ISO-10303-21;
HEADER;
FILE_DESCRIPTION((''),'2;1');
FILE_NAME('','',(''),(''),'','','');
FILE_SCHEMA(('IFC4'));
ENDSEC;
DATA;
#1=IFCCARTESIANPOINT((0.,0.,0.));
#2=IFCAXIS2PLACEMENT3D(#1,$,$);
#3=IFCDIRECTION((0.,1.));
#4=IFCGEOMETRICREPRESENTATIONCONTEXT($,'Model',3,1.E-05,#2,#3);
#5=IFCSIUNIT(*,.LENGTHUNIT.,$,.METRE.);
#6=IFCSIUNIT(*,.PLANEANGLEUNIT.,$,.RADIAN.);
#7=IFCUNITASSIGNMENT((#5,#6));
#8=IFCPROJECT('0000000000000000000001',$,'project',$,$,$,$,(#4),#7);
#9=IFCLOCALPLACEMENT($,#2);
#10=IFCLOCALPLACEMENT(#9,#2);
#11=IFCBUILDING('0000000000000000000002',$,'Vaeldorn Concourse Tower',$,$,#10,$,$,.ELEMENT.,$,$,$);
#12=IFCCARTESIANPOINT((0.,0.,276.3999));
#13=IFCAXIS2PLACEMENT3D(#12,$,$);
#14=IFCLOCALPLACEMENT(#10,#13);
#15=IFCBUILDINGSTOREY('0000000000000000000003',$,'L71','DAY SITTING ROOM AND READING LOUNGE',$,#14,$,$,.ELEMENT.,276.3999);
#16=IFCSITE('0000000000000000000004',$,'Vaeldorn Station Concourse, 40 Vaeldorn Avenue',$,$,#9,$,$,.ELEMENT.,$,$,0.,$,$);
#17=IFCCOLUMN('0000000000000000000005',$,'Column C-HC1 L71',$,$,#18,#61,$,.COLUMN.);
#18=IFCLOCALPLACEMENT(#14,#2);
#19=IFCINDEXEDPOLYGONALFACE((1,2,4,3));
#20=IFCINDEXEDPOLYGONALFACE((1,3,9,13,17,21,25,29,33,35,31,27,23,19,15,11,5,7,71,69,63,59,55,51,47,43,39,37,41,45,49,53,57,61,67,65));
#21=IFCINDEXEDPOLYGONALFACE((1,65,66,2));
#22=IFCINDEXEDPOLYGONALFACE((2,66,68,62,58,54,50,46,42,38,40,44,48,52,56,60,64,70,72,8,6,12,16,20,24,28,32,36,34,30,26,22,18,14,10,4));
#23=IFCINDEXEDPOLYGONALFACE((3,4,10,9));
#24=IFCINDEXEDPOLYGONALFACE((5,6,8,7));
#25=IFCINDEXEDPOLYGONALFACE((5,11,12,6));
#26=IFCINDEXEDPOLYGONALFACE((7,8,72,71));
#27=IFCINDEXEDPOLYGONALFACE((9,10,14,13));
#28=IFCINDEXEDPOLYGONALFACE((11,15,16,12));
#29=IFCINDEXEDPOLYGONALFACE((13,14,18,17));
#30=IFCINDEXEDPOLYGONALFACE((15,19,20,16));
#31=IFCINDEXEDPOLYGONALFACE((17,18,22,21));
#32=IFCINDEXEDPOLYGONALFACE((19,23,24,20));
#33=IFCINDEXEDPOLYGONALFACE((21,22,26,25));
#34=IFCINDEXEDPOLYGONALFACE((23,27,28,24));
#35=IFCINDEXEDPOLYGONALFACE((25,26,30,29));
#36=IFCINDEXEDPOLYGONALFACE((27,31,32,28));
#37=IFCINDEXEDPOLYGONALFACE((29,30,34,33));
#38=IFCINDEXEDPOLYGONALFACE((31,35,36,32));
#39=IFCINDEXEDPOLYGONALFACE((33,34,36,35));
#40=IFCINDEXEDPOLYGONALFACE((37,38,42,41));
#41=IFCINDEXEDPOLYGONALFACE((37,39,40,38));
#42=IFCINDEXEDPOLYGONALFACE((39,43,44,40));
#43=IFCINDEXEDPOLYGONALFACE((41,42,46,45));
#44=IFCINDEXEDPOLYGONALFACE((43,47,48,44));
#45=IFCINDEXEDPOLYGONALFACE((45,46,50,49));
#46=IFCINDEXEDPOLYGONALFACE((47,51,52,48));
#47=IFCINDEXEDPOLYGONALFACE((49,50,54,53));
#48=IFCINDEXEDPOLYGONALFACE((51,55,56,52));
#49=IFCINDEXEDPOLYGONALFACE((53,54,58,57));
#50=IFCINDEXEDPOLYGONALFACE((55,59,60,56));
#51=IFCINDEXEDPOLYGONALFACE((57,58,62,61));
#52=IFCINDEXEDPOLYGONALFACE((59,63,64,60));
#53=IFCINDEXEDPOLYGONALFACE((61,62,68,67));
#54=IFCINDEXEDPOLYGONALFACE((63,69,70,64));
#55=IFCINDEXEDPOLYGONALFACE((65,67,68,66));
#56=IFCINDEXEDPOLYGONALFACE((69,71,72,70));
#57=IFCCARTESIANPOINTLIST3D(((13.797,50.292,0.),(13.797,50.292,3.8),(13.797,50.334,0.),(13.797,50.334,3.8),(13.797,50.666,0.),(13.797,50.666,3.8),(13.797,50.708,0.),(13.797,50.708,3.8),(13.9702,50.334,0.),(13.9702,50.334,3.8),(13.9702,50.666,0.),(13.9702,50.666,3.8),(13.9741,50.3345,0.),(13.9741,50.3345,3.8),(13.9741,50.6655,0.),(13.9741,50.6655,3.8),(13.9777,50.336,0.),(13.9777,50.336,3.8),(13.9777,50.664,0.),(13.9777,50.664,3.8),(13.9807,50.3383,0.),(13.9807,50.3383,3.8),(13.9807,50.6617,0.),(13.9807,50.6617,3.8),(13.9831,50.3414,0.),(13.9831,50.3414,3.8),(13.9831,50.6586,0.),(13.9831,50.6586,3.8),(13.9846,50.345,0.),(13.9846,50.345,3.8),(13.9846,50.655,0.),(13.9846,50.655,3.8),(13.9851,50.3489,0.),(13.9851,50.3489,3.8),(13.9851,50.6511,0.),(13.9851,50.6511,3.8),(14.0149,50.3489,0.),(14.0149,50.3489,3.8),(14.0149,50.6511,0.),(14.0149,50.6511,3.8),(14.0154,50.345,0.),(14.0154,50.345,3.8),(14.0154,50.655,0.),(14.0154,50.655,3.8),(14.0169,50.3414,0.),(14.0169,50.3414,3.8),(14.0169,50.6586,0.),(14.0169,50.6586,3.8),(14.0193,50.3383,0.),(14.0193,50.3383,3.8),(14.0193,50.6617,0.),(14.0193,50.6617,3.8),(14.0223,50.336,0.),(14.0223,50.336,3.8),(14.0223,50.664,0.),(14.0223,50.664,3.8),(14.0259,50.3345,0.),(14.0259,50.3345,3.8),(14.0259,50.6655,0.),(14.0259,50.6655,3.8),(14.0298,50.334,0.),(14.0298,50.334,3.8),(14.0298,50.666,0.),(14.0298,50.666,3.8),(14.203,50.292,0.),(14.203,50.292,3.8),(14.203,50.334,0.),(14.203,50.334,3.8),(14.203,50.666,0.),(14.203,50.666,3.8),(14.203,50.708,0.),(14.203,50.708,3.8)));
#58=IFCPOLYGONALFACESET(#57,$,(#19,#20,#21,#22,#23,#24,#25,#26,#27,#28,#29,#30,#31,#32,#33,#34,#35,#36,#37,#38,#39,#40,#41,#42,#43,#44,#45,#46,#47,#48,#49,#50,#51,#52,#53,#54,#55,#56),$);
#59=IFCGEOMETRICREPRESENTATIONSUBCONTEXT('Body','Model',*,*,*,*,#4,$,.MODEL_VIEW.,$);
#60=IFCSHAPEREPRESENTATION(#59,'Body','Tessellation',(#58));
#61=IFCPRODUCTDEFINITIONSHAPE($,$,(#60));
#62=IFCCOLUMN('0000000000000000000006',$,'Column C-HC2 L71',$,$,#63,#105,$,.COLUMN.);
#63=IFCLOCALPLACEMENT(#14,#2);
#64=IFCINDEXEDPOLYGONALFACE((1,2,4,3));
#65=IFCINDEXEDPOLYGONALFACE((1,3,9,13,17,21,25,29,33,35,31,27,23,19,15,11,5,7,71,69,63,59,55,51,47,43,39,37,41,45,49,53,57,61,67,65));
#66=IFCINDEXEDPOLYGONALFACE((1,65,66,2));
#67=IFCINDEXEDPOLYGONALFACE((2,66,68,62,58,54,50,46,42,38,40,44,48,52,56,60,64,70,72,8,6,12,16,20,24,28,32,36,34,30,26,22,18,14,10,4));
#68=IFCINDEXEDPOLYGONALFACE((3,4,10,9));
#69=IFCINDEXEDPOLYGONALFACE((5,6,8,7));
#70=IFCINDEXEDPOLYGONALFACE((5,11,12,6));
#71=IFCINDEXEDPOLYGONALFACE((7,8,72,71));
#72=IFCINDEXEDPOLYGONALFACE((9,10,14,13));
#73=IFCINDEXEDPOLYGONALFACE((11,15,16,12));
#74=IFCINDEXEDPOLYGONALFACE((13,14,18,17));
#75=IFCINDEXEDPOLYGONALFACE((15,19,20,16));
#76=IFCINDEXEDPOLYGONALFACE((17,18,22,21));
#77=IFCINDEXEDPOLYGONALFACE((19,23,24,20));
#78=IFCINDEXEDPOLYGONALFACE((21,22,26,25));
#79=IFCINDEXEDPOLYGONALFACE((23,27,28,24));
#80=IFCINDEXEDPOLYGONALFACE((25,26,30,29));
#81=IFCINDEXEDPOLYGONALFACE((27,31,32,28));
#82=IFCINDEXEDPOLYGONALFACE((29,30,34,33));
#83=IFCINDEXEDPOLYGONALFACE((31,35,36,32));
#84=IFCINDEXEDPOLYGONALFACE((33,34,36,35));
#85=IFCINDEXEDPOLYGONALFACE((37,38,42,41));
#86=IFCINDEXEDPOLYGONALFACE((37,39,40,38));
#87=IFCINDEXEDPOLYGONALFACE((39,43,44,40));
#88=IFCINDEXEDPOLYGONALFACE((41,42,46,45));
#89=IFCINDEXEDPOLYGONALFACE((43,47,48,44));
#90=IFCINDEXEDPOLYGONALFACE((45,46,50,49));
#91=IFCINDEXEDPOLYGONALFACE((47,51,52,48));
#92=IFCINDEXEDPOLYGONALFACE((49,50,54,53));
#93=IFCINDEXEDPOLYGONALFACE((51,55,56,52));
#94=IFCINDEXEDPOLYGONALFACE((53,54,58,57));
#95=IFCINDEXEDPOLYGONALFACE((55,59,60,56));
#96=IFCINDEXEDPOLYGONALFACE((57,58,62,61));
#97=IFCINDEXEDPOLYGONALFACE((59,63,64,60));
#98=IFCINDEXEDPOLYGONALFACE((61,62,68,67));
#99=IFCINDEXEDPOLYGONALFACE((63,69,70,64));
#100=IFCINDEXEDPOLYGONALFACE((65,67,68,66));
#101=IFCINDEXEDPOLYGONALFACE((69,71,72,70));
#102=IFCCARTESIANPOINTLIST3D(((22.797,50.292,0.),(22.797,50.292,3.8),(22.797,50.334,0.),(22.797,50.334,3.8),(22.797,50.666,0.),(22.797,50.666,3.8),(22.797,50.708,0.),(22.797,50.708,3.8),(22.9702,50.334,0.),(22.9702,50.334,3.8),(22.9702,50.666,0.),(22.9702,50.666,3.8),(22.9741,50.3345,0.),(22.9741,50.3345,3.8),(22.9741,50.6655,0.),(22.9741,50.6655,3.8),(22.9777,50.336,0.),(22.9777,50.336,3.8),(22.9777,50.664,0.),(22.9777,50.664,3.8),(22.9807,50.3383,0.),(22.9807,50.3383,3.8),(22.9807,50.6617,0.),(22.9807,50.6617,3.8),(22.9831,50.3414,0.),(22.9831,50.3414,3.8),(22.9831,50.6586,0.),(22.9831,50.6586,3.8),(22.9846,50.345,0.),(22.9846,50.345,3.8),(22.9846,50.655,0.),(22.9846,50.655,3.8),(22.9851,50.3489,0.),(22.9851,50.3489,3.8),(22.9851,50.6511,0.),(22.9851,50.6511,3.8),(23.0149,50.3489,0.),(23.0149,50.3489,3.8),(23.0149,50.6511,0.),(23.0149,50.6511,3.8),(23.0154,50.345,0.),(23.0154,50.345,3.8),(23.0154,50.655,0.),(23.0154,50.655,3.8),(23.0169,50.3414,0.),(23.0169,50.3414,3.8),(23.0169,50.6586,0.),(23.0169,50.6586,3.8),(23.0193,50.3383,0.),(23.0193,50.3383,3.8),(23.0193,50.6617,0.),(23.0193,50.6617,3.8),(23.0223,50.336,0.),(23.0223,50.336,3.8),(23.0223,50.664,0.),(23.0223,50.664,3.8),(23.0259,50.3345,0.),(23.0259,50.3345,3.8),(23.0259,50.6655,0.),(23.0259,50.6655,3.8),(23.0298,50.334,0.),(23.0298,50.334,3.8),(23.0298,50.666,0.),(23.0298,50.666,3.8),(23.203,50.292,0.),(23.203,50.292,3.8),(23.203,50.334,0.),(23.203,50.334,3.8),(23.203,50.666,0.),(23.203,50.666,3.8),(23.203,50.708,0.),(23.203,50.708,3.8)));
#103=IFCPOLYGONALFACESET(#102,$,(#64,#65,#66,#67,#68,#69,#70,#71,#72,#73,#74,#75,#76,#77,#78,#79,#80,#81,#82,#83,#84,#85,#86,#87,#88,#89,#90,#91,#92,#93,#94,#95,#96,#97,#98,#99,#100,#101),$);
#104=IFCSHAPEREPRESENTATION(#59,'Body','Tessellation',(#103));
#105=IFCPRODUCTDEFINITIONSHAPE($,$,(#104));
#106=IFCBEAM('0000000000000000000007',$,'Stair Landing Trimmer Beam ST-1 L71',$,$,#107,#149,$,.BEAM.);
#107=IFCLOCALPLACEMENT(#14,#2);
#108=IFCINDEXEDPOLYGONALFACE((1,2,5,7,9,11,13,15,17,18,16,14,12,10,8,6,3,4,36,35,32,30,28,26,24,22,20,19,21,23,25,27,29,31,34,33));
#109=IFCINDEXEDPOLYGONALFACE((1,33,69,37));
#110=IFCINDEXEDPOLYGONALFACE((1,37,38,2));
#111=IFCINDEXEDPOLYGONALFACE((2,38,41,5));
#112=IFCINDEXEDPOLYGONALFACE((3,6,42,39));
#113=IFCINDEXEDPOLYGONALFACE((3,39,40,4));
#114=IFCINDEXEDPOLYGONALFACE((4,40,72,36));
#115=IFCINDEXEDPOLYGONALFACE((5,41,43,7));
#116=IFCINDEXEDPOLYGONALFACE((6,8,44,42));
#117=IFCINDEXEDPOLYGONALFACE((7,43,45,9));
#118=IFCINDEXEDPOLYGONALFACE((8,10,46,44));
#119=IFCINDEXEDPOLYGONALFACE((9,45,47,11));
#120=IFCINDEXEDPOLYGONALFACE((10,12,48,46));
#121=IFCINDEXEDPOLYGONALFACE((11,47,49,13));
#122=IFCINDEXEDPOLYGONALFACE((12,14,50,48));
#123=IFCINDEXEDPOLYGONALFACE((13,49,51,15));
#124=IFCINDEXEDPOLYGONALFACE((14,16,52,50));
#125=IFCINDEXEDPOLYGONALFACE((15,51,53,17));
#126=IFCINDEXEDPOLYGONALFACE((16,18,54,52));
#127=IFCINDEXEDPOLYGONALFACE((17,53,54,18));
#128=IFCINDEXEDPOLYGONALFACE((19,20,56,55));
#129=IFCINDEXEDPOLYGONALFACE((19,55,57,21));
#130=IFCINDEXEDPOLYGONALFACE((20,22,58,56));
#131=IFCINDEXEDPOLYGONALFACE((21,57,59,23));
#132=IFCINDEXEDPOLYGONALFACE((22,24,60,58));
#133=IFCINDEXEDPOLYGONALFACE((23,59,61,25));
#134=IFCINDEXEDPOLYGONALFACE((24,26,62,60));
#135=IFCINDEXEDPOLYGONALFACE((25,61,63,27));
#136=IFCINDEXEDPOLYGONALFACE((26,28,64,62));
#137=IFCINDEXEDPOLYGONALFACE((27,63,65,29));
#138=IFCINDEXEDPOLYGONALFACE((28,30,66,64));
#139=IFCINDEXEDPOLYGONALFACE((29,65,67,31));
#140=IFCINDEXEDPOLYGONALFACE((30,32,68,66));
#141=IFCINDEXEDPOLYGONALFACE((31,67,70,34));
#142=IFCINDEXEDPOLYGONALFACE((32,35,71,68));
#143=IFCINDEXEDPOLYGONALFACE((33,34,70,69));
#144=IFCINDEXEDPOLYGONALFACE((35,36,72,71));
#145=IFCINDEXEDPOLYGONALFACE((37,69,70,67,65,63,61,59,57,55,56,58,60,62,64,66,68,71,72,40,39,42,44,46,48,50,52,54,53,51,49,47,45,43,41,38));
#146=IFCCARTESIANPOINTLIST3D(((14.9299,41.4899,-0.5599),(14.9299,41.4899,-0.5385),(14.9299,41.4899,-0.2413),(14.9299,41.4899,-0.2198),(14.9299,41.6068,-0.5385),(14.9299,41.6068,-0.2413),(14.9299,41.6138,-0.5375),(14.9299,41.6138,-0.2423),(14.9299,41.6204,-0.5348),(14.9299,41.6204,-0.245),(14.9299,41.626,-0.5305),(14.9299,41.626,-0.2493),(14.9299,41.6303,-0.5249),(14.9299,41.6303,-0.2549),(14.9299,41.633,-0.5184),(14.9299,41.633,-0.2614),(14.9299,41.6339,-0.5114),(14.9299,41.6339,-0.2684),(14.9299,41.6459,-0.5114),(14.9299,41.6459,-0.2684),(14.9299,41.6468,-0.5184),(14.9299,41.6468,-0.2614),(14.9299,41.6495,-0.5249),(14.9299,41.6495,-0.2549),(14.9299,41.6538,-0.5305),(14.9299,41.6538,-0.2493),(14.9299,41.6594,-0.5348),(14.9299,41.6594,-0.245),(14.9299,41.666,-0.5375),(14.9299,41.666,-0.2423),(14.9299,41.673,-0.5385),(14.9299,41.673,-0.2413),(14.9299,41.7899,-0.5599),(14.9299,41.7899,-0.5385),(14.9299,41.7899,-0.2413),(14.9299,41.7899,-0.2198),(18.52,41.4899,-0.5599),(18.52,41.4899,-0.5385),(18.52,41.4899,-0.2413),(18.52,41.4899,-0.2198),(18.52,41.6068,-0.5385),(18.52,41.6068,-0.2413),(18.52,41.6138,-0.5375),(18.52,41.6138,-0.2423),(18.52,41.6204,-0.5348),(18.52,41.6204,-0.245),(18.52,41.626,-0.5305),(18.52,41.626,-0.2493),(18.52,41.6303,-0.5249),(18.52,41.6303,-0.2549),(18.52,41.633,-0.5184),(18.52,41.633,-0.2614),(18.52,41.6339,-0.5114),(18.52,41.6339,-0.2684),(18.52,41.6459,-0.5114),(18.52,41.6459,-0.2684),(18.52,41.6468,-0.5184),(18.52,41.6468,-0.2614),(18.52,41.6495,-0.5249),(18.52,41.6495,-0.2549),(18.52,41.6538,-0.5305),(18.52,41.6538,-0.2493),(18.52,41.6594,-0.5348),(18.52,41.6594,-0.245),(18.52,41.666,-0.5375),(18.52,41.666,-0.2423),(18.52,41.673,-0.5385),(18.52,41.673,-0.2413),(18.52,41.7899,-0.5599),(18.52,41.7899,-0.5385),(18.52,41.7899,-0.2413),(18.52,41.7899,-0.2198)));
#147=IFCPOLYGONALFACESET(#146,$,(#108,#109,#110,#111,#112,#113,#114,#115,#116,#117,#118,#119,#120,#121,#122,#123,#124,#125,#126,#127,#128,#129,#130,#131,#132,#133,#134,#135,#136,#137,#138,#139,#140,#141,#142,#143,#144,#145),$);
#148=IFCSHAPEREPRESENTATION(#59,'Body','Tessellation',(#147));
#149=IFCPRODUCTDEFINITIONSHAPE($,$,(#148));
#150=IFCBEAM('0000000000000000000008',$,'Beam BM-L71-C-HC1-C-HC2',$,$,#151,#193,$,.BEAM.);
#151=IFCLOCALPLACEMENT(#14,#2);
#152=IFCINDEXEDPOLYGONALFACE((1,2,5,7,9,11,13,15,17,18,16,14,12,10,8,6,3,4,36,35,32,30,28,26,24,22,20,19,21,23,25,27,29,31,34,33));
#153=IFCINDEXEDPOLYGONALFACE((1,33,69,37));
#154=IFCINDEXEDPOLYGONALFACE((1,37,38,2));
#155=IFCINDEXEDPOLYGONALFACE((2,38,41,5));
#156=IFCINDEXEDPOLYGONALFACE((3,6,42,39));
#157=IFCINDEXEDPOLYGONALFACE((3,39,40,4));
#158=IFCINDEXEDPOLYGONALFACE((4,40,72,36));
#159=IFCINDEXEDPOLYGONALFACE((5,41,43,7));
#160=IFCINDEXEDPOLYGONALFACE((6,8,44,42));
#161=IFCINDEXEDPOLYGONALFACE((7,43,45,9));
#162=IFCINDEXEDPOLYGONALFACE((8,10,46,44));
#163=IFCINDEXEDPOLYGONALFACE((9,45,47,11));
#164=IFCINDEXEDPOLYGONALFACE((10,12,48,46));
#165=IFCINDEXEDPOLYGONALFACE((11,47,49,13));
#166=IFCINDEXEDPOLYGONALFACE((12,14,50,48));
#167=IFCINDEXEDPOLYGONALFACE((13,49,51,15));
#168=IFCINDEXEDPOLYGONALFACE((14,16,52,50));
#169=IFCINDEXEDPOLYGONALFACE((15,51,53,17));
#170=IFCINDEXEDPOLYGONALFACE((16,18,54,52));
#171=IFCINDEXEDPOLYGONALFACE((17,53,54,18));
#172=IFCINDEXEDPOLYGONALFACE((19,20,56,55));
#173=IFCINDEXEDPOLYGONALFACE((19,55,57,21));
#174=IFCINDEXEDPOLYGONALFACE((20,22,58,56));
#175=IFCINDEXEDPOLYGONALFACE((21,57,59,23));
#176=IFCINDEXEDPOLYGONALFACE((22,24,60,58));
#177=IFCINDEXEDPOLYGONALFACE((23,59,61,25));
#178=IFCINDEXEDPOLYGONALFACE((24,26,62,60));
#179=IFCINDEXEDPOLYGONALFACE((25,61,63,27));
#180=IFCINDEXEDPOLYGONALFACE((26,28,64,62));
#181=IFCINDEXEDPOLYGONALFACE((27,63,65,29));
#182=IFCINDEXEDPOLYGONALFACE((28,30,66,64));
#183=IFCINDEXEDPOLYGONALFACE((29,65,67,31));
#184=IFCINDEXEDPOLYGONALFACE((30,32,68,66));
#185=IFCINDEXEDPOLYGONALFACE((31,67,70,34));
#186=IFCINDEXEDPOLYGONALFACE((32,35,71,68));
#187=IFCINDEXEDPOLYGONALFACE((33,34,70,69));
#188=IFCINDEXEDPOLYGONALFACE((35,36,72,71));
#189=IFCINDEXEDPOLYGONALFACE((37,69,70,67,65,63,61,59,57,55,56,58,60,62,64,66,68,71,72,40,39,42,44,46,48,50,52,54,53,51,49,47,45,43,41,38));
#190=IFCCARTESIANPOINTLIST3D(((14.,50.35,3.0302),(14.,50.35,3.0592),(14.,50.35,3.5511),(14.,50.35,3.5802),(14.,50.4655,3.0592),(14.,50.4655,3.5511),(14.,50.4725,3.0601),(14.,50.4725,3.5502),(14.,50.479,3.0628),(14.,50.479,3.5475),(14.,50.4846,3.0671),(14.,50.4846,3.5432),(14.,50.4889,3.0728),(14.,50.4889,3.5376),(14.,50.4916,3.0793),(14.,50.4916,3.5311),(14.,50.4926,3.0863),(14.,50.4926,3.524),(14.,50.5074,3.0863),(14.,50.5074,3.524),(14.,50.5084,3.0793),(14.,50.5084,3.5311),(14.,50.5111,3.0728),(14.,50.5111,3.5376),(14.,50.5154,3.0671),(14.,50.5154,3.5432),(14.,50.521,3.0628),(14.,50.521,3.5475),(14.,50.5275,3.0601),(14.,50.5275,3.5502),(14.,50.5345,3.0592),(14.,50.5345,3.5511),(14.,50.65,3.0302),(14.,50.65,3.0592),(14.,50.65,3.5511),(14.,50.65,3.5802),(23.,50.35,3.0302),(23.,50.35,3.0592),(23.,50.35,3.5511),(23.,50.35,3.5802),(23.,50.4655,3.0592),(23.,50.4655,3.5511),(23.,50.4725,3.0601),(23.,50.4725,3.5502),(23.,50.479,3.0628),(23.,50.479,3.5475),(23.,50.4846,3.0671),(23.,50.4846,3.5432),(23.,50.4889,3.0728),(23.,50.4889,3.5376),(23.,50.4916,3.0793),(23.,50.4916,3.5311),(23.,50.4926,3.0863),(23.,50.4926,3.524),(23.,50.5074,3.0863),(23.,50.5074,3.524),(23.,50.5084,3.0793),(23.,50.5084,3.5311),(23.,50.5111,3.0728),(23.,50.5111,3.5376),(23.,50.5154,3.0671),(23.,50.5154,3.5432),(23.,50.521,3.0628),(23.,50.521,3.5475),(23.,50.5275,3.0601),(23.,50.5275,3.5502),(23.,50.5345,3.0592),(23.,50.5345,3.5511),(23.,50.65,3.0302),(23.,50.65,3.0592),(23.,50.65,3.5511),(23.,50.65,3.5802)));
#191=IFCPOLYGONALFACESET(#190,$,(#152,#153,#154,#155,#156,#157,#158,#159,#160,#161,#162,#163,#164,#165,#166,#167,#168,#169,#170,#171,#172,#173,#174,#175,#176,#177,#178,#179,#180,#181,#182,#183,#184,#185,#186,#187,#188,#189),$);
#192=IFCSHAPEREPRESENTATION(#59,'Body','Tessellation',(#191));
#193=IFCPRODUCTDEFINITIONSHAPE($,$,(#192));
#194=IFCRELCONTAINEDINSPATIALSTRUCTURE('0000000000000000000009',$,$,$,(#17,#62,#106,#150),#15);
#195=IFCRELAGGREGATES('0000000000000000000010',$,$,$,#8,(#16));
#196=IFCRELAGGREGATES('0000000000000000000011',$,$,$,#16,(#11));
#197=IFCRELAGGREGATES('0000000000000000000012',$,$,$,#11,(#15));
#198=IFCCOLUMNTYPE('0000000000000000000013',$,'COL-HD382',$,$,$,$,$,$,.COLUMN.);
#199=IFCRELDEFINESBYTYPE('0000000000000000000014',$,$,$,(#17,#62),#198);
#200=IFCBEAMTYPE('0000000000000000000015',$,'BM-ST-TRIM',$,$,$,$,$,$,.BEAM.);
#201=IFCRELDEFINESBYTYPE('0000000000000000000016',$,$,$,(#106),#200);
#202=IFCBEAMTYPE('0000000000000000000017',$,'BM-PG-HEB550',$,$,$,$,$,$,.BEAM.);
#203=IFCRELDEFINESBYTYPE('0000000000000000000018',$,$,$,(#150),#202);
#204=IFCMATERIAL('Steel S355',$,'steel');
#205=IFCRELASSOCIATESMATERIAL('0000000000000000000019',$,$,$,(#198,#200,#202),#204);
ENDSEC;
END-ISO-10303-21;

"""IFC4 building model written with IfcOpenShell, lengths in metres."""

from ifc_helpers import new_model, si_unit, direction, frame, origin, origin_2d, place, context, subcontext, project, spatial, i_section, extrude, source, transform, mapped, material, material_profile, profile_set, type_object, element, save


model = new_model("IFC4")

# Units and contexts
model_context = context("Model", 3, precision=1e-05, world=origin(), true_north=direction((0.0, 1.0)))
body_context = subcontext(model_context, "Body", "Model", "MODEL_VIEW")
ifc_project = project(units=[si_unit("LENGTHUNIT", "METRE"), si_unit("PLANEANGLEUNIT", "RADIAN")], contexts=[model_context])

# Site, building, storey
site_placement = place(None, origin())
site = spatial("IfcSite", under=ifc_project, at=site_placement, Name="Vaeldorn Station Concourse, 40 Vaeldorn Avenue", CompositionType="ELEMENT", RefElevation=0.0)
building_placement = place(site_placement, origin())
building = spatial("IfcBuilding", under=site, at=building_placement, Name="Vaeldorn Concourse Tower", CompositionType="ELEMENT")
storey_placement = place(building_placement, frame((0.0, 0.0, 276.3999)))
storey = spatial("IfcBuildingStorey", under=building, at=storey_placement, Name="L71", Description="DAY SITTING ROOM AND READING LOUNGE", CompositionType="ELEMENT", Elevation=276.3999)

# Columns
ifc_material_1 = material(Name="Steel S355", Category="steel")
ifc_material_profile_1 = material_profile(ifc_material_1, i_section(OverallWidth=0.406, OverallDepth=0.416, WebThickness=0.0298, FlangeThickness=0.042, FilletRadius=0.0149, at=origin_2d()), Name="HD 400x382")
ifc_profile_set_1 = profile_set([ifc_material_profile_1], Name="Steel S355")
column_type = type_object("IfcColumnType", Name="COL-HD382", PredefinedType="COLUMN", material=ifc_profile_set_1)
shared_shape_1 = source(origin(), body_context, "Body", "SweptSolid", [
    extrude(i_section(OverallWidth=0.406, OverallDepth=0.416, WebThickness=0.0298, FlangeThickness=0.042, FilletRadius=0.0149, at=origin_2d()), origin(), (0.0, 0.0, 1.0), 3.8),
])
for number, where, z_axis, x_axis, name in (
    (1, (14.0, 50.5, 0.0), (0.0, 0.0, 1.0), (1.0, 0.0, 0.0), "Column C-HC1 L71"),
    (2, (23.0, 50.5, 0.0), (0.0, 0.0, 1.0), (1.0, 0.0, 0.0), "Column C-HC2 L71"),
):
    element("IfcColumn", number, at=place(storey_placement, frame(where, z_axis=z_axis, x_axis=x_axis)), inside=storey, type_object=column_type, Name=name, PredefinedType="COLUMN", context=body_context, shape_type="MappedRepresentation", body=[
        mapped(shared_shape_1, transform((0.0, 0.0, 0.0), scale=1.0)),
    ])

# Beams
ifc_material_profile_2 = material_profile(ifc_material_1, i_section(OverallWidth=0.3, OverallDepth=0.3401, WebThickness=0.012, FlangeThickness=0.0215, FilletRadius=0.0271, at=origin_2d()), Name="HEB 340")
ifc_profile_set_2 = profile_set([ifc_material_profile_2], Name="Steel S355")
beam_type_1 = type_object("IfcBeamType", Name="BM-ST-TRIM", PredefinedType="BEAM", material=ifc_profile_set_2)
shared_shape_2 = source(origin(), body_context, "Body", "SweptSolid", [
    extrude(i_section(OverallWidth=0.3, OverallDepth=0.3401, WebThickness=0.012, FlangeThickness=0.0215, FilletRadius=0.0271, at=origin_2d()), origin(), (0.0, 0.0, 1.0), 3.5901),
])
beam_1_placement = place(storey_placement, frame((14.9299, 41.6399, -0.3899), z_axis=(1.0, 0.0, 0.0), x_axis=(0.0, 1.0, 0.0)))
element("IfcBeam", 3, at=beam_1_placement, inside=storey, type_object=beam_type_1, Name="Stair Landing Trimmer Beam ST-1 L71", PredefinedType="BEAM", context=body_context, shape_type="MappedRepresentation", body=[
    mapped(shared_shape_2, transform((0.0, 0.0, 0.0), scale=1.0)),
])
ifc_material_profile_3 = material_profile(ifc_material_1, i_section(OverallWidth=0.3, OverallDepth=0.55, WebThickness=0.0149, FlangeThickness=0.0291, FilletRadius=0.0271, at=origin_2d()), Name="HEB 550")
ifc_profile_set_3 = profile_set([ifc_material_profile_3], Name="Steel S355")
beam_type_2 = type_object("IfcBeamType", Name="BM-PG-HEB550", PredefinedType="BEAM", material=ifc_profile_set_3)
shared_shape_3 = source(origin(), body_context, "Body", "SweptSolid", [
    extrude(i_section(OverallWidth=0.3, OverallDepth=0.55, WebThickness=0.0149, FlangeThickness=0.0291, FilletRadius=0.0271, at=origin_2d()), origin(), (0.0, 0.0, 1.0), 9.0),
])
beam_2_placement = place(storey_placement, frame((14.0, 50.5, 3.3052), z_axis=(1.0, 0.0, 0.0), x_axis=(0.0, 1.0, 0.0)))
element("IfcBeam", 4, at=beam_2_placement, inside=storey, type_object=beam_type_2, Name="Beam BM-L71-C-HC1-C-HC2", PredefinedType="BEAM", context=body_context, shape_type="MappedRepresentation", body=[
    mapped(shared_shape_3, transform((0.0, 0.0, 0.0), scale=1.0)),
])

save(model, "model.ifc")
